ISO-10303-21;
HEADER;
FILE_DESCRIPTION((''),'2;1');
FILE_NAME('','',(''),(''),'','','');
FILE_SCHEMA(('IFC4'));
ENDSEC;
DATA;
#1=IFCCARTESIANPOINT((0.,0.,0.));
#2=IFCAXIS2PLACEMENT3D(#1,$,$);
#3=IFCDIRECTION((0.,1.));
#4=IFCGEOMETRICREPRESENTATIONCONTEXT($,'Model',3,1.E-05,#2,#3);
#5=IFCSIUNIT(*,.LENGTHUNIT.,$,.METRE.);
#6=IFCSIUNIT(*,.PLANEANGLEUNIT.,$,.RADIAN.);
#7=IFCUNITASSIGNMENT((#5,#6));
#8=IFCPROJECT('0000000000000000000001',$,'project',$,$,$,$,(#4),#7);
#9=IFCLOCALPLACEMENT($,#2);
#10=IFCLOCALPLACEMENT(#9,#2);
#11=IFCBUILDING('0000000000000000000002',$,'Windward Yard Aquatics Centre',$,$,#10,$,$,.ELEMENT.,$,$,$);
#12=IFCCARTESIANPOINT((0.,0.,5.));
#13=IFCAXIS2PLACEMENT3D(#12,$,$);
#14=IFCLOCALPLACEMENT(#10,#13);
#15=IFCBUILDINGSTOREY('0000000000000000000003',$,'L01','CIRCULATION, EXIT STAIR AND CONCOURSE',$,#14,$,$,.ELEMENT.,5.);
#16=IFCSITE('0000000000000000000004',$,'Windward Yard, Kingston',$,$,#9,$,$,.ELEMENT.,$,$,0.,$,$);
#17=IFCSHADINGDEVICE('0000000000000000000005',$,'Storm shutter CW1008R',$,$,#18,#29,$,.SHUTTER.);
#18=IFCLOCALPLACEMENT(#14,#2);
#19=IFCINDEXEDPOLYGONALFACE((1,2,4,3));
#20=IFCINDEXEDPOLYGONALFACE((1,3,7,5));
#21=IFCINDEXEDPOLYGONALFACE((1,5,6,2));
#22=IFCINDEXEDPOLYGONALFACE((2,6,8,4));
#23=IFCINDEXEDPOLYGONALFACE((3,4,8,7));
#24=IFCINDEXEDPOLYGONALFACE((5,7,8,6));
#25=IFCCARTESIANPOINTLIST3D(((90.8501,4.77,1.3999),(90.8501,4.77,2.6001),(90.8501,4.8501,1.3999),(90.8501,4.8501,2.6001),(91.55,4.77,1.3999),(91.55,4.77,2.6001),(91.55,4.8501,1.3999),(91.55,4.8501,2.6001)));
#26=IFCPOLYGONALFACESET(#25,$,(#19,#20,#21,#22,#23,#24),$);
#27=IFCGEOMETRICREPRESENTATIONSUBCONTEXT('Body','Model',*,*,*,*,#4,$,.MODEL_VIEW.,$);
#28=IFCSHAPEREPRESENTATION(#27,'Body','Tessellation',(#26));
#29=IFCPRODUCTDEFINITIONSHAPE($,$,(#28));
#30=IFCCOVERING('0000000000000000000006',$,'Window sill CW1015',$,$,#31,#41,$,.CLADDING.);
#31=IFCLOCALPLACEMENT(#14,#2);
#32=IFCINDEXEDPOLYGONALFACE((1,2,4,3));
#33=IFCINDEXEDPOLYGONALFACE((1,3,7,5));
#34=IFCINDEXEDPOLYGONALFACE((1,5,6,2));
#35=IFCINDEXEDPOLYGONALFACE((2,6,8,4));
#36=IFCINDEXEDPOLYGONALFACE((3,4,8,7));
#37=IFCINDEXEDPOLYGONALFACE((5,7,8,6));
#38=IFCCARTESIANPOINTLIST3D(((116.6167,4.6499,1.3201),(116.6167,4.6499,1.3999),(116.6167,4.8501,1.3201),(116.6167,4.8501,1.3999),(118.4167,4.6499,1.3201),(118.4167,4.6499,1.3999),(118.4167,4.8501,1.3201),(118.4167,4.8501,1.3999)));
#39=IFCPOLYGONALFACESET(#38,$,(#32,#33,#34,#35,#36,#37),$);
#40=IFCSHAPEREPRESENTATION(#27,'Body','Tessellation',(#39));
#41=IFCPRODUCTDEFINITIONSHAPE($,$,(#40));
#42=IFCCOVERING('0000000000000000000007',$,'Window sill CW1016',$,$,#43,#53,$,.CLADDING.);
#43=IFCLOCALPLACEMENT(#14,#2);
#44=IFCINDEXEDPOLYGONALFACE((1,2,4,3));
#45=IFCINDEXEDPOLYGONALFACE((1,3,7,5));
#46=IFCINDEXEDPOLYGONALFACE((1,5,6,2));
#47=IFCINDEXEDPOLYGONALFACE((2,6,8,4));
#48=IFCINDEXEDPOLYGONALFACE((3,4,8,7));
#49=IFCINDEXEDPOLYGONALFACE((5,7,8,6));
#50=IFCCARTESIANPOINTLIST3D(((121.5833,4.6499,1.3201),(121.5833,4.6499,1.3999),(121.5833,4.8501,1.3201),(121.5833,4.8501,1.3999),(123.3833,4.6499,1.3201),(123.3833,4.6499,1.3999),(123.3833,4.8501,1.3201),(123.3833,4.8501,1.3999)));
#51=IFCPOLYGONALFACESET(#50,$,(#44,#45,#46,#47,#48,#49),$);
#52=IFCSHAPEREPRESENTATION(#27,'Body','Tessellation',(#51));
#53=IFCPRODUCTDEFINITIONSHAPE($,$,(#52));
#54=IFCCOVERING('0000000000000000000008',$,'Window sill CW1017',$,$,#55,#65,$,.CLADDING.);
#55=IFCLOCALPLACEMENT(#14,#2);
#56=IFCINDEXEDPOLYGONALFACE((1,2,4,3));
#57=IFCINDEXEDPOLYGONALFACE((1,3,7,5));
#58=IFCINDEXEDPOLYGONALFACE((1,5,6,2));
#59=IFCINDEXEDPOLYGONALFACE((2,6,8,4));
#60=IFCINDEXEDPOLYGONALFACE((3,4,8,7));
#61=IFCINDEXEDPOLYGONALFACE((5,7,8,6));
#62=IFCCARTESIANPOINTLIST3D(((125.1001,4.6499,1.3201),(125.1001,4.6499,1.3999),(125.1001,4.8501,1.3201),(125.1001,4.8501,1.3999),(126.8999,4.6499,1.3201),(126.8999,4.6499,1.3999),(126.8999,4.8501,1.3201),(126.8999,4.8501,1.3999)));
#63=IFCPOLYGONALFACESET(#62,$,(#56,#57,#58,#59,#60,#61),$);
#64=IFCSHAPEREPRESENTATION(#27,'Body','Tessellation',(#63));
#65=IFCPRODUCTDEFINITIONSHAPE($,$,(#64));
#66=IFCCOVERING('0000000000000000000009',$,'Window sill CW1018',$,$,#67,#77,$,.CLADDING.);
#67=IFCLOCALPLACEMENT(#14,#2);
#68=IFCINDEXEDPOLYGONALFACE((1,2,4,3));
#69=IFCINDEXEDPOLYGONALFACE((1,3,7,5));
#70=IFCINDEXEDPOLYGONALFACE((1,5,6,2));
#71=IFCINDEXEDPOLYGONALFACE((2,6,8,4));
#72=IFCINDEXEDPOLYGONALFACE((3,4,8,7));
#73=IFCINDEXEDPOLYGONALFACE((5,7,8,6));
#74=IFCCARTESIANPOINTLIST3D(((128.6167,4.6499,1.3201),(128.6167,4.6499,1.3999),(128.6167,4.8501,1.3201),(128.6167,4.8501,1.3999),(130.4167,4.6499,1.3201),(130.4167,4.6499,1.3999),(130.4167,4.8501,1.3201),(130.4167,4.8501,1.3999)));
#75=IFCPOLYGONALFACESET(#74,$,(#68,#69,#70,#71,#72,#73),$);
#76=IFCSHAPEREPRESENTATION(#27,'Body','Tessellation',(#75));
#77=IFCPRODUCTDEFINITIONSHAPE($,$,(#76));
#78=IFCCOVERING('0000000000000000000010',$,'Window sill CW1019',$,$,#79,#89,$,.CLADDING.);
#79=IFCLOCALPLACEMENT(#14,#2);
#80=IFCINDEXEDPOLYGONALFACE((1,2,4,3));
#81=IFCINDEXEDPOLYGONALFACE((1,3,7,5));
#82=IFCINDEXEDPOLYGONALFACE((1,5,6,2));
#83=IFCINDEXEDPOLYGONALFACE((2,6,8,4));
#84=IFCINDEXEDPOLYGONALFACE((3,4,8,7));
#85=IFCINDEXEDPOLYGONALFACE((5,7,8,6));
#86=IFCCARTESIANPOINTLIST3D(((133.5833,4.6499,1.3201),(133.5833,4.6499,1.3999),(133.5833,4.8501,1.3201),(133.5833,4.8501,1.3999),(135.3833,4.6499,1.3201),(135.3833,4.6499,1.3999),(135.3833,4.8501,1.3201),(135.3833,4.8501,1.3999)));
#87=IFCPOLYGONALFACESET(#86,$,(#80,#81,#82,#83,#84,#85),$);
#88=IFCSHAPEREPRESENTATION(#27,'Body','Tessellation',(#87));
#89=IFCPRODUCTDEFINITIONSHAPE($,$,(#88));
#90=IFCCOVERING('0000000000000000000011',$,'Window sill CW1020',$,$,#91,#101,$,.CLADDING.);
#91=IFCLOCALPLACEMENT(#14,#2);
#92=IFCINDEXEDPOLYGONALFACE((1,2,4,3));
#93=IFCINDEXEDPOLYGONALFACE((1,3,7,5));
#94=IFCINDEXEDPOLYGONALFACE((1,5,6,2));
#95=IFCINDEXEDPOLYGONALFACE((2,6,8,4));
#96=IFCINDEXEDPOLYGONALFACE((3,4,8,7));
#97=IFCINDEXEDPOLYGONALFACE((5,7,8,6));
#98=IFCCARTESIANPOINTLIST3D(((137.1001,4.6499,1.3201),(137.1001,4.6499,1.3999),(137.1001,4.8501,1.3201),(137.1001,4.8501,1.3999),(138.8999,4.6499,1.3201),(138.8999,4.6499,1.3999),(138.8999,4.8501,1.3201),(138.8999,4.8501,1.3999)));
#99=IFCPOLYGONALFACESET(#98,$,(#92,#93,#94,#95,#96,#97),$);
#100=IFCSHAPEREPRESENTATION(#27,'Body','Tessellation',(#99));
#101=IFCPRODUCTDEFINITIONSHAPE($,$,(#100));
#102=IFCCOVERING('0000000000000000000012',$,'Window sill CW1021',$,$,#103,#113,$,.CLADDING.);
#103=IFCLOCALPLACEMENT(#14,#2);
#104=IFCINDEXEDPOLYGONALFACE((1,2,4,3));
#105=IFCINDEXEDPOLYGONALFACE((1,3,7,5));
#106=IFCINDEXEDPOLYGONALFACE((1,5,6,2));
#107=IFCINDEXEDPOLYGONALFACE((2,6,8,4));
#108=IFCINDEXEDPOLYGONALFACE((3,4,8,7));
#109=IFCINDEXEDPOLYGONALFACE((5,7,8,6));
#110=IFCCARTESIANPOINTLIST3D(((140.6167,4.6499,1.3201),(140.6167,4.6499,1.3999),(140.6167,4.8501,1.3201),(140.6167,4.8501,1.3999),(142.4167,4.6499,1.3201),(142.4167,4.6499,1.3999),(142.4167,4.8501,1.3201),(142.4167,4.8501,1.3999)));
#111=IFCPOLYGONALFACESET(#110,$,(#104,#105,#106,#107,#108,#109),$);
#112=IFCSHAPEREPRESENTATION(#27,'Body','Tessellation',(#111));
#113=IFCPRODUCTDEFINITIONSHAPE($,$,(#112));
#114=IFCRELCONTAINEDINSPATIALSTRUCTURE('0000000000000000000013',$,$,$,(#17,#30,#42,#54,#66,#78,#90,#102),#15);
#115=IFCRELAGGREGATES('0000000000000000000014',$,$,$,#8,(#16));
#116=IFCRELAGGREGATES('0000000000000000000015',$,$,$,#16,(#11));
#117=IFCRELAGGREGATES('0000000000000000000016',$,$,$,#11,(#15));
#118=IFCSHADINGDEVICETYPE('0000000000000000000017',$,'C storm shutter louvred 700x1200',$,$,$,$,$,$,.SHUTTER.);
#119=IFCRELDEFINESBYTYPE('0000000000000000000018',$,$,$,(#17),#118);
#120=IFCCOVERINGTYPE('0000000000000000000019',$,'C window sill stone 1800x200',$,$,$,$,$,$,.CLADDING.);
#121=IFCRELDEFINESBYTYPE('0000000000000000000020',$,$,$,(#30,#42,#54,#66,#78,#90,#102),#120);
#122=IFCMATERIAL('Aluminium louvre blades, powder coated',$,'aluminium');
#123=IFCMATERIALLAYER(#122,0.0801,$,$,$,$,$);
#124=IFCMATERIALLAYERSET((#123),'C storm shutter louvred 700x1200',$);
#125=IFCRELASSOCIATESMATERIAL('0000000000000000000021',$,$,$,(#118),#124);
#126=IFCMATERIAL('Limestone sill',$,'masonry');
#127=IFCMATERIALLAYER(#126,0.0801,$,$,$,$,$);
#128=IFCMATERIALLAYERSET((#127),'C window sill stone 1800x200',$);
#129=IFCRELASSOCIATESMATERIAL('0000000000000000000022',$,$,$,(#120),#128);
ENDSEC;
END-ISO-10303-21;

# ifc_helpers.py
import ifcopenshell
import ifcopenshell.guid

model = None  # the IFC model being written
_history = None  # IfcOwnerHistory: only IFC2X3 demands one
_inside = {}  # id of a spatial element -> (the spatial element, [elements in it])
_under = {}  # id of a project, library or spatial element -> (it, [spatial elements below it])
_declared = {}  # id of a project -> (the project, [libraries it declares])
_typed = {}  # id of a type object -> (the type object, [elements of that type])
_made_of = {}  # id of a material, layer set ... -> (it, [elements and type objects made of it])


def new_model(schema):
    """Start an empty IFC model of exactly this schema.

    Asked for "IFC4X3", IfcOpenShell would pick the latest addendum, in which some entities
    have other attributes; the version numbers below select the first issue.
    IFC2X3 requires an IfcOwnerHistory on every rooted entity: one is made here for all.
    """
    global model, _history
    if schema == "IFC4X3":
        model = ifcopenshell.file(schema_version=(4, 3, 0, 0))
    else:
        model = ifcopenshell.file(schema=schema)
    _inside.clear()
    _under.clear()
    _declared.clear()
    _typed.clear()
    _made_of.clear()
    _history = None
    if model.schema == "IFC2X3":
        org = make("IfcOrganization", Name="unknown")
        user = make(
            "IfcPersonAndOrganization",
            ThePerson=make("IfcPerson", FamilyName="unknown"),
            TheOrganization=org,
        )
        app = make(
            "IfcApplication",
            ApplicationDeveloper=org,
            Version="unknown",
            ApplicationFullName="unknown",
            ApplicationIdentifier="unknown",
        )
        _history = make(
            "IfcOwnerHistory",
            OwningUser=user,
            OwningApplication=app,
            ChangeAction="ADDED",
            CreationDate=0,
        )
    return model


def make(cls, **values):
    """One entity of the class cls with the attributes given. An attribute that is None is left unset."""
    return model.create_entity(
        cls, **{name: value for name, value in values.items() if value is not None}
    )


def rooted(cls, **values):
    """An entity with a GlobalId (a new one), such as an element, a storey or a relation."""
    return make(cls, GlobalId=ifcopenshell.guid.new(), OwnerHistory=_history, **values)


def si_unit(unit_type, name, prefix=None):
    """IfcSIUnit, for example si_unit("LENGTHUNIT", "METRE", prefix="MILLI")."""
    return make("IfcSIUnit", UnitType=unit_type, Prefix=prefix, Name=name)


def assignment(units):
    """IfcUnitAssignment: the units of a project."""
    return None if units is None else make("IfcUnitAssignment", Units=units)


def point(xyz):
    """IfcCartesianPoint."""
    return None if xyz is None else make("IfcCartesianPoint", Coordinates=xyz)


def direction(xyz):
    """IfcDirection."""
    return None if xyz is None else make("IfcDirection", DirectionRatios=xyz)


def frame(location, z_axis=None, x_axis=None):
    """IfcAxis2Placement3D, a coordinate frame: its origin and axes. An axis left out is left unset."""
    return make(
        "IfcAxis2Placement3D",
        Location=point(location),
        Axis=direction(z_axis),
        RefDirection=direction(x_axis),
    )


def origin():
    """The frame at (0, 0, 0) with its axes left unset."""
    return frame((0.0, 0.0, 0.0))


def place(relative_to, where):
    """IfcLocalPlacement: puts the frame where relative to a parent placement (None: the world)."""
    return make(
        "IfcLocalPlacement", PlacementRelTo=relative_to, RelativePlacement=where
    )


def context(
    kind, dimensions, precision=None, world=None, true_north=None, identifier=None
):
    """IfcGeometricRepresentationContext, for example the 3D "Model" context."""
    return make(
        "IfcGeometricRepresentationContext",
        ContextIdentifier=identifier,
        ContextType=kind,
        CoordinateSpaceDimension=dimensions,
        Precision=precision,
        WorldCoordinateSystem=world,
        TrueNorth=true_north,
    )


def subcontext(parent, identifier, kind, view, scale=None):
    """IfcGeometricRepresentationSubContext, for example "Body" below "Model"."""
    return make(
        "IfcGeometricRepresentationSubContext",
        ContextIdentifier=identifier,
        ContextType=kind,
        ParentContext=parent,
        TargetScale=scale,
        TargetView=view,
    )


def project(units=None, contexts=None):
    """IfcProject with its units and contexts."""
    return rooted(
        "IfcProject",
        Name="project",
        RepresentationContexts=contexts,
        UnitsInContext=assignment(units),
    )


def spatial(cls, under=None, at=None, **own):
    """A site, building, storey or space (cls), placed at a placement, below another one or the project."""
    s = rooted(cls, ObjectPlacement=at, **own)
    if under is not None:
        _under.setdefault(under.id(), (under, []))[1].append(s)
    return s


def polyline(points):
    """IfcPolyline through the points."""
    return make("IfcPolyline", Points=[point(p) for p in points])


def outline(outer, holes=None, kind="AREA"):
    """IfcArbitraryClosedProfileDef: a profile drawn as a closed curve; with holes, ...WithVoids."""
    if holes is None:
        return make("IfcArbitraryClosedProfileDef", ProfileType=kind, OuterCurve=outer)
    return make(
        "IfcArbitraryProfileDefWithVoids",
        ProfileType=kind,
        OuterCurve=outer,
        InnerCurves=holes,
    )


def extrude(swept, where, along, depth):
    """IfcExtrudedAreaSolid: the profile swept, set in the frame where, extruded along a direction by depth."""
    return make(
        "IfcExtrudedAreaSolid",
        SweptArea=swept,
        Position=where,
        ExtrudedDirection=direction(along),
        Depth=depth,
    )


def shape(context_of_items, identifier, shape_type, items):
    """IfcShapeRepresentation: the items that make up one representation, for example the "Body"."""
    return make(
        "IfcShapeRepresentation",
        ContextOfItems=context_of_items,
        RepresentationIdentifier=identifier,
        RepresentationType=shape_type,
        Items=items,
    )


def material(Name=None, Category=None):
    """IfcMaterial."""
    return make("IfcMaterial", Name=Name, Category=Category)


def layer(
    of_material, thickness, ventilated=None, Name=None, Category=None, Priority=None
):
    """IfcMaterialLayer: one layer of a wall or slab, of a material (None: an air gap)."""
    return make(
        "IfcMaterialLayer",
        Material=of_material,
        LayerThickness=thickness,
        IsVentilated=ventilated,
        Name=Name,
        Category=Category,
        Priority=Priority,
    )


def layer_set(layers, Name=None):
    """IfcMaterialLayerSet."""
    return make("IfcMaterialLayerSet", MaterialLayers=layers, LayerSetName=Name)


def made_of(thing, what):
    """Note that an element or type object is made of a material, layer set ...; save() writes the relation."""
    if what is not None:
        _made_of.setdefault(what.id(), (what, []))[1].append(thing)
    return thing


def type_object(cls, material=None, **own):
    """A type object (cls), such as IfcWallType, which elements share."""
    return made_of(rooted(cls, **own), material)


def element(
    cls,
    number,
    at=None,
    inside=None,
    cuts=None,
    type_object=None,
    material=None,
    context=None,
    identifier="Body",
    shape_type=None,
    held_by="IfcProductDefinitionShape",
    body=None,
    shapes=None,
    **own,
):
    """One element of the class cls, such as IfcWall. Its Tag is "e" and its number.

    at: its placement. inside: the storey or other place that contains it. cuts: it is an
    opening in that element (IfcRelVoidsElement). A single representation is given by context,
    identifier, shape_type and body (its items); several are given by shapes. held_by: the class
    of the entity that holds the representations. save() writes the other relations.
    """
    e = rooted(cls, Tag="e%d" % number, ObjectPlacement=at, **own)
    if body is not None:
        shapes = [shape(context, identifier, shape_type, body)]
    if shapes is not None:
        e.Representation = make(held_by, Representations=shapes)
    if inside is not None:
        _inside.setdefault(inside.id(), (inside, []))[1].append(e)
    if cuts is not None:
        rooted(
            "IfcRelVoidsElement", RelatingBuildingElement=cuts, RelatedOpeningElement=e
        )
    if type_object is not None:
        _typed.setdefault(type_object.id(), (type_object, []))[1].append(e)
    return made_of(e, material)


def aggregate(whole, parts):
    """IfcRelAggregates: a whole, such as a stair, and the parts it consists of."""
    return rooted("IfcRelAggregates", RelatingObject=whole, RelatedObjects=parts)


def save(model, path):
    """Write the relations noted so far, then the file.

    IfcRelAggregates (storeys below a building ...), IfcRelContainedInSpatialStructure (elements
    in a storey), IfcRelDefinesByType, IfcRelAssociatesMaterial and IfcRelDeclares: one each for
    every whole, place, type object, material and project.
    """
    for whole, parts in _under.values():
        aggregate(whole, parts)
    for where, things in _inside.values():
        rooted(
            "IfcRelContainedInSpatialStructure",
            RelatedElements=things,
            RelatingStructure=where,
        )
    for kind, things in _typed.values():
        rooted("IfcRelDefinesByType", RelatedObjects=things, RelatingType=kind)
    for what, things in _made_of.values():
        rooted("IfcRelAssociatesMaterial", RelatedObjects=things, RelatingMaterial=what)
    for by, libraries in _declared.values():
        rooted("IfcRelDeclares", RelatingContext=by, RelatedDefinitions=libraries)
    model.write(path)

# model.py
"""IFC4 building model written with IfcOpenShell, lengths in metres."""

from ifc_helpers import new_model, si_unit, direction, frame, origin, place, context, subcontext, project, spatial, polyline, outline, extrude, material, layer, layer_set, type_object, element, save


model = new_model("IFC4")

# Units and contexts
model_context = context("Model", 3, precision=1e-05, world=origin(), true_north=direction((0.0, 1.0)))
body_context = subcontext(model_context, "Body", "Model", "MODEL_VIEW")
ifc_project = project(units=[si_unit("LENGTHUNIT", "METRE"), si_unit("PLANEANGLEUNIT", "RADIAN")], contexts=[model_context])

# Site, building, storey
site_placement = place(None, origin())
site = spatial("IfcSite", under=ifc_project, at=site_placement, Name="Windward Yard, Kingston", CompositionType="ELEMENT", RefElevation=0.0)
building_placement = place(site_placement, origin())
building = spatial("IfcBuilding", under=site, at=building_placement, Name="Windward Yard Aquatics Centre", CompositionType="ELEMENT")
storey_placement = place(building_placement, frame((0.0, 0.0, 5.0)))
storey = spatial("IfcBuildingStorey", under=building, at=storey_placement, Name="L01", Description="CIRCULATION, EXIT STAIR AND CONCOURSE", CompositionType="ELEMENT", Elevation=5.0)

# Shading device
ifc_material_1 = material(Name="Aluminium louvre blades, powder coated", Category="aluminium")
ifc_layer_1 = layer(ifc_material_1, 0.0801)
ifc_layer_set_1 = layer_set([ifc_layer_1], Name="C storm shutter louvred 700x1200")
shading_device_type = type_object("IfcShadingDeviceType", Name="C storm shutter louvred 700x1200", PredefinedType="SHUTTER", material=ifc_layer_set_1)
shading_device_1_placement = place(storey_placement, frame((0.0, 0.0, 1.3999)))
element("IfcShadingDevice", 1, at=shading_device_1_placement, inside=storey, type_object=shading_device_type, Name="Storm shutter CW1008R", PredefinedType="SHUTTER", context=body_context, shape_type="SweptSolid", body=[
    extrude(outline(polyline([(90.8501, 4.77), (90.8501, 4.8501), (91.55, 4.8501), (91.55, 4.77), (90.8501, 4.77)])), origin(), (0.0, 0.0, 1.0), 1.2002),
])

# Coverings
ifc_material_2 = material(Name="Limestone sill", Category="masonry")
ifc_layer_2 = layer(ifc_material_2, 0.0801)
ifc_layer_set_2 = layer_set([ifc_layer_2], Name="C window sill stone 1800x200")
covering_type = type_object("IfcCoveringType", Name="C window sill stone 1800x200", PredefinedType="CLADDING", material=ifc_layer_set_2)
covering_1_placement = place(storey_placement, frame((0.0, 0.0, 1.3201)))
element("IfcCovering", 2, at=covering_1_placement, inside=storey, type_object=covering_type, Name="Window sill CW1015", PredefinedType="CLADDING", context=body_context, shape_type="SweptSolid", body=[
    extrude(outline(polyline([(116.6167, 4.6499), (116.6167, 4.8501), (118.4167, 4.8501), (118.4167, 4.6499), (116.6167, 4.6499)])), origin(), (0.0, 0.0, 1.0), 0.0798),
])
covering_2_placement = place(storey_placement, frame((0.0, 0.0, 1.3201)))
element("IfcCovering", 3, at=covering_2_placement, inside=storey, type_object=covering_type, Name="Window sill CW1016", PredefinedType="CLADDING", context=body_context, shape_type="SweptSolid", body=[
    extrude(outline(polyline([(121.5833, 4.6499), (121.5833, 4.8501), (123.3833, 4.8501), (123.3833, 4.6499), (121.5833, 4.6499)])), origin(), (0.0, 0.0, 1.0), 0.0798),
])
covering_3_placement = place(storey_placement, frame((0.0, 0.0, 1.3201)))
element("IfcCovering", 4, at=covering_3_placement, inside=storey, type_object=covering_type, Name="Window sill CW1017", PredefinedType="CLADDING", context=body_context, shape_type="SweptSolid", body=[
    extrude(outline(polyline([(125.1001, 4.6499), (125.1001, 4.8501), (126.8999, 4.8501), (126.8999, 4.6499), (125.1001, 4.6499)])), origin(), (0.0, 0.0, 1.0), 0.0798),
])
covering_4_placement = place(storey_placement, frame((0.0, 0.0, 1.3201)))
element("IfcCovering", 5, at=covering_4_placement, inside=storey, type_object=covering_type, Name="Window sill CW1018", PredefinedType="CLADDING", context=body_context, shape_type="SweptSolid", body=[
    extrude(outline(polyline([(128.6167, 4.6499), (128.6167, 4.8501), (130.4167, 4.8501), (130.4167, 4.6499), (128.6167, 4.6499)])), origin(), (0.0, 0.0, 1.0), 0.0798),
])
covering_5_placement = place(storey_placement, frame((0.0, 0.0, 1.3201)))
element("IfcCovering", 6, at=covering_5_placement, inside=storey, type_object=covering_type, Name="Window sill CW1019", PredefinedType="CLADDING", context=body_context, shape_type="SweptSolid", body=[
    extrude(outline(polyline([(133.5833, 4.6499), (133.5833, 4.8501), (135.3833, 4.8501), (135.3833, 4.6499), (133.5833, 4.6499)])), origin(), (0.0, 0.0, 1.0), 0.0798),
])
covering_6_placement = place(storey_placement, frame((0.0, 0.0, 1.3201)))
element("IfcCovering", 7, at=covering_6_placement, inside=storey, type_object=covering_type, Name="Window sill CW1020", PredefinedType="CLADDING", context=body_context, shape_type="SweptSolid", body=[
    extrude(outline(polyline([(137.1001, 4.6499), (137.1001, 4.8501), (138.8999, 4.8501), (138.8999, 4.6499), (137.1001, 4.6499)])), origin(), (0.0, 0.0, 1.0), 0.0798),
])
covering_7_placement = place(storey_placement, frame((0.0, 0.0, 1.3201)))
element("IfcCovering", 8, at=covering_7_placement, inside=storey, type_object=covering_type, Name="Window sill CW1021", PredefinedType="CLADDING", context=body_context, shape_type="SweptSolid", body=[
    extrude(outline(polyline([(140.6167, 4.6499), (140.6167, 4.8501), (142.4167, 4.8501), (142.4167, 4.6499), (140.6167, 4.6499)])), origin(), (0.0, 0.0, 1.0), 0.0798),
])

save(model, "model.ifc")
